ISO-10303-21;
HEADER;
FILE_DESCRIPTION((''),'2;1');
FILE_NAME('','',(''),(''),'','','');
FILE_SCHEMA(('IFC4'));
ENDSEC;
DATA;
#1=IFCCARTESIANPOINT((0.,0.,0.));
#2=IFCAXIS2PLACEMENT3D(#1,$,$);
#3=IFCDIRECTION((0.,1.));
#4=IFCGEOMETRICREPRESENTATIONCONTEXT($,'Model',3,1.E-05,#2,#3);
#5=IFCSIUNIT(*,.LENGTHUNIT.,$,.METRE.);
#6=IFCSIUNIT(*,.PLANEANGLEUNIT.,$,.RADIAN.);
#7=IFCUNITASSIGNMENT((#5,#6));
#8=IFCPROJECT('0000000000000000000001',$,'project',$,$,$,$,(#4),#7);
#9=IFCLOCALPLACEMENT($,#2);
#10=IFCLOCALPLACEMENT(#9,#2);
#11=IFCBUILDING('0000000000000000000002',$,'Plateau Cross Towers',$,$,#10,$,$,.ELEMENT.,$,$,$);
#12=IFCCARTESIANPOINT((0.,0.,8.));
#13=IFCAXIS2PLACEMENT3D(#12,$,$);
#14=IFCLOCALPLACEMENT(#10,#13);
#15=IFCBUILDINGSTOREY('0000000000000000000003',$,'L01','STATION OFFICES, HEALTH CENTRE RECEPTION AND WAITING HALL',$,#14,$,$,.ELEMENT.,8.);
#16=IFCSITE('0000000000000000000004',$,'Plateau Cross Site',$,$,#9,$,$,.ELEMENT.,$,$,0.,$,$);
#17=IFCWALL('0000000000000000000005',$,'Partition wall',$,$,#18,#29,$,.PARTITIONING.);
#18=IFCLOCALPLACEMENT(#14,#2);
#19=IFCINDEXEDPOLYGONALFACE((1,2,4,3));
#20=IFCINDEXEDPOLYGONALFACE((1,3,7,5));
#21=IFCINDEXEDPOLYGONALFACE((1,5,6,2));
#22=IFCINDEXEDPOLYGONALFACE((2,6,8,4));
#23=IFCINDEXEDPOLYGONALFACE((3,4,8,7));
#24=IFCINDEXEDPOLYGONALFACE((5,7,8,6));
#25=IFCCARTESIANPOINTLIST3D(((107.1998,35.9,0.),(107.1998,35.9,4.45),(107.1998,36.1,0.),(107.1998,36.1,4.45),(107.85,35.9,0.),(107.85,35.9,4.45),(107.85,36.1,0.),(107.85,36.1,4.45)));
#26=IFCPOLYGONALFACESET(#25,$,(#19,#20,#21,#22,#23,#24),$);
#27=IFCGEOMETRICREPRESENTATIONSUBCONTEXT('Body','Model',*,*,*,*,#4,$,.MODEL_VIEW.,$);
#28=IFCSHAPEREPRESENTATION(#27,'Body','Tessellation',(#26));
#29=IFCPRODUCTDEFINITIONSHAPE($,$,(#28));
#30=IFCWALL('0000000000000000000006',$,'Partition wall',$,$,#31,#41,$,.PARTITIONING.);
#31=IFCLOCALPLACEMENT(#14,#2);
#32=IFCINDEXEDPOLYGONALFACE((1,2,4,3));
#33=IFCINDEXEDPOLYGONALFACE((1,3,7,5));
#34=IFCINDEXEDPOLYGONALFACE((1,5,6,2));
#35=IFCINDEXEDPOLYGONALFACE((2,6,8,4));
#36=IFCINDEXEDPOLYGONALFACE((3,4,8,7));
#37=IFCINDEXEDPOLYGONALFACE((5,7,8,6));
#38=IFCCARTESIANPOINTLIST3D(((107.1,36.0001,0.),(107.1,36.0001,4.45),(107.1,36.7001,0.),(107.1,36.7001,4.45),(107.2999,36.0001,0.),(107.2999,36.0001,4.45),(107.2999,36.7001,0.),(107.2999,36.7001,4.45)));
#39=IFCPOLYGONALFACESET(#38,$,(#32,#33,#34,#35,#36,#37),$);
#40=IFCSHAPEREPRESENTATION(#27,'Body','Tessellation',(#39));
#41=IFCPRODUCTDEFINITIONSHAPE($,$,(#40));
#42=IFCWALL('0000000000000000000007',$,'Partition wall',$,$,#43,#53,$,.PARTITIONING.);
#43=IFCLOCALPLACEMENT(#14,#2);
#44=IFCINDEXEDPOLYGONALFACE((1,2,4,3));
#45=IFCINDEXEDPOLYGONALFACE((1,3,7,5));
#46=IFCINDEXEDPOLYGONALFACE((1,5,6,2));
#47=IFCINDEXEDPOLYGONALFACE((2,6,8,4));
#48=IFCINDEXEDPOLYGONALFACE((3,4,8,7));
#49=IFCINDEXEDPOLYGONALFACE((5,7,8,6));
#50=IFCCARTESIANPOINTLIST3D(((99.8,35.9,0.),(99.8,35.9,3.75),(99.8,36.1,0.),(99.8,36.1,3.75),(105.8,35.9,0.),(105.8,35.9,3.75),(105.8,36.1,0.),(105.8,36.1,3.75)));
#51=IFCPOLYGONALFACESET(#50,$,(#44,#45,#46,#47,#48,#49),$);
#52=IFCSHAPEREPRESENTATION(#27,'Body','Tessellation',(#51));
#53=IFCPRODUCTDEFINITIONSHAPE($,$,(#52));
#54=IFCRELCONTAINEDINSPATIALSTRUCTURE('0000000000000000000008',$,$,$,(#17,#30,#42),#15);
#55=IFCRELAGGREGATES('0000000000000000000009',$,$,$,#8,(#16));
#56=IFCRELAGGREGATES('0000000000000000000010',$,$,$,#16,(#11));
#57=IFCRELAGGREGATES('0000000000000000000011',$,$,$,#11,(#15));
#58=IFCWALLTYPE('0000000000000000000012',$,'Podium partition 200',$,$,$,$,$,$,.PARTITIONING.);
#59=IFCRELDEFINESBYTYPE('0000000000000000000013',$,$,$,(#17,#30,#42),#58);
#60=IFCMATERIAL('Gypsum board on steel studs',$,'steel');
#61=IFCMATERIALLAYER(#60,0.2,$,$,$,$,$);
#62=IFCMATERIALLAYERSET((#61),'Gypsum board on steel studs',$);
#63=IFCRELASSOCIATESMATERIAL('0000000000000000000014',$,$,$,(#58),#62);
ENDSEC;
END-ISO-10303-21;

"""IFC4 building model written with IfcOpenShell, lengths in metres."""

from ifc_helpers import new_model, si_unit, direction, frame, frame_2d, origin, place, context, subcontext, project, spatial, rectangle, extrude, material, layer, layer_set, type_object, element, save


model = new_model("IFC4")

# Units and contexts
model_context = context("Model", 3, precision=1e-05, world=origin(), true_north=direction((0.0, 1.0)))
body_context = subcontext(model_context, "Body", "Model", "MODEL_VIEW")
ifc_project = project(units=[si_unit("LENGTHUNIT", "METRE"), si_unit("PLANEANGLEUNIT", "RADIAN")], contexts=[model_context])

# Site, building, storey
site_placement = place(None, origin())
site = spatial("IfcSite", under=ifc_project, at=site_placement, Name="Plateau Cross Site", CompositionType="ELEMENT", RefElevation=0.0)
building_placement = place(site_placement, origin())
building = spatial("IfcBuilding", under=site, at=building_placement, Name="Plateau Cross Towers", CompositionType="ELEMENT")
storey_placement = place(building_placement, frame((0.0, 0.0, 8.0)))
storey = spatial("IfcBuildingStorey", under=building, at=storey_placement, Name="L01", Description="STATION OFFICES, HEALTH CENTRE RECEPTION AND WAITING HALL", CompositionType="ELEMENT", Elevation=8.0)

# Shared definitions
ifc_material_1 = material(Name="Gypsum board on steel studs", Category="steel")
ifc_layer_1 = layer(ifc_material_1, 0.2)
ifc_layer_set_1 = layer_set([ifc_layer_1], Name="Gypsum board on steel studs")
wall_type = type_object("IfcWallType", Name="Podium partition 200", PredefinedType="PARTITIONING", material=ifc_layer_set_1)

# Walls
wall_1_placement = place(storey_placement, frame((107.8501, 36.0, 0.0), z_axis=(0.0, 0.0, 1.0), x_axis=(-1.0, 0.0, 0.0)))
element("IfcWall", 1, at=wall_1_placement, inside=storey, type_object=wall_type, Name="Partition wall", PredefinedType="PARTITIONING", context=body_context, shape_type="SweptSolid", body=[
    extrude(rectangle(XDim=0.6501, YDim=0.2, at=frame_2d((0.3252, 0.0))), origin(), (0.0, 0.0, 1.0), 4.45),
])
wall_2_placement = place(storey_placement, frame((107.2, 36.0, 0.0), z_axis=(0.0, 0.0, 1.0), x_axis=(0.0, 1.0, 0.0)))
element("IfcWall", 2, at=wall_2_placement, inside=storey, type_object=wall_type, Name="Partition wall", PredefinedType="PARTITIONING", context=body_context, shape_type="SweptSolid", body=[
    extrude(rectangle(XDim=0.7, YDim=0.2, at=frame_2d((0.3501, 0.0))), origin(), (0.0, 0.0, 1.0), 4.45),
])
wall_3_placement = place(storey_placement, frame((105.8, 36.0, 0.0), z_axis=(0.0, 0.0, 1.0), x_axis=(-1.0, 0.0, 0.0)))
element("IfcWall", 3, at=wall_3_placement, inside=storey, type_object=wall_type, Name="Partition wall", PredefinedType="PARTITIONING", context=body_context, shape_type="SweptSolid", body=[
    extrude(rectangle(XDim=6.0, YDim=0.2, at=frame_2d((3.0, 0.0))), origin(), (0.0, 0.0, 1.0), 3.75),
])

save(model, "model.ifc")
